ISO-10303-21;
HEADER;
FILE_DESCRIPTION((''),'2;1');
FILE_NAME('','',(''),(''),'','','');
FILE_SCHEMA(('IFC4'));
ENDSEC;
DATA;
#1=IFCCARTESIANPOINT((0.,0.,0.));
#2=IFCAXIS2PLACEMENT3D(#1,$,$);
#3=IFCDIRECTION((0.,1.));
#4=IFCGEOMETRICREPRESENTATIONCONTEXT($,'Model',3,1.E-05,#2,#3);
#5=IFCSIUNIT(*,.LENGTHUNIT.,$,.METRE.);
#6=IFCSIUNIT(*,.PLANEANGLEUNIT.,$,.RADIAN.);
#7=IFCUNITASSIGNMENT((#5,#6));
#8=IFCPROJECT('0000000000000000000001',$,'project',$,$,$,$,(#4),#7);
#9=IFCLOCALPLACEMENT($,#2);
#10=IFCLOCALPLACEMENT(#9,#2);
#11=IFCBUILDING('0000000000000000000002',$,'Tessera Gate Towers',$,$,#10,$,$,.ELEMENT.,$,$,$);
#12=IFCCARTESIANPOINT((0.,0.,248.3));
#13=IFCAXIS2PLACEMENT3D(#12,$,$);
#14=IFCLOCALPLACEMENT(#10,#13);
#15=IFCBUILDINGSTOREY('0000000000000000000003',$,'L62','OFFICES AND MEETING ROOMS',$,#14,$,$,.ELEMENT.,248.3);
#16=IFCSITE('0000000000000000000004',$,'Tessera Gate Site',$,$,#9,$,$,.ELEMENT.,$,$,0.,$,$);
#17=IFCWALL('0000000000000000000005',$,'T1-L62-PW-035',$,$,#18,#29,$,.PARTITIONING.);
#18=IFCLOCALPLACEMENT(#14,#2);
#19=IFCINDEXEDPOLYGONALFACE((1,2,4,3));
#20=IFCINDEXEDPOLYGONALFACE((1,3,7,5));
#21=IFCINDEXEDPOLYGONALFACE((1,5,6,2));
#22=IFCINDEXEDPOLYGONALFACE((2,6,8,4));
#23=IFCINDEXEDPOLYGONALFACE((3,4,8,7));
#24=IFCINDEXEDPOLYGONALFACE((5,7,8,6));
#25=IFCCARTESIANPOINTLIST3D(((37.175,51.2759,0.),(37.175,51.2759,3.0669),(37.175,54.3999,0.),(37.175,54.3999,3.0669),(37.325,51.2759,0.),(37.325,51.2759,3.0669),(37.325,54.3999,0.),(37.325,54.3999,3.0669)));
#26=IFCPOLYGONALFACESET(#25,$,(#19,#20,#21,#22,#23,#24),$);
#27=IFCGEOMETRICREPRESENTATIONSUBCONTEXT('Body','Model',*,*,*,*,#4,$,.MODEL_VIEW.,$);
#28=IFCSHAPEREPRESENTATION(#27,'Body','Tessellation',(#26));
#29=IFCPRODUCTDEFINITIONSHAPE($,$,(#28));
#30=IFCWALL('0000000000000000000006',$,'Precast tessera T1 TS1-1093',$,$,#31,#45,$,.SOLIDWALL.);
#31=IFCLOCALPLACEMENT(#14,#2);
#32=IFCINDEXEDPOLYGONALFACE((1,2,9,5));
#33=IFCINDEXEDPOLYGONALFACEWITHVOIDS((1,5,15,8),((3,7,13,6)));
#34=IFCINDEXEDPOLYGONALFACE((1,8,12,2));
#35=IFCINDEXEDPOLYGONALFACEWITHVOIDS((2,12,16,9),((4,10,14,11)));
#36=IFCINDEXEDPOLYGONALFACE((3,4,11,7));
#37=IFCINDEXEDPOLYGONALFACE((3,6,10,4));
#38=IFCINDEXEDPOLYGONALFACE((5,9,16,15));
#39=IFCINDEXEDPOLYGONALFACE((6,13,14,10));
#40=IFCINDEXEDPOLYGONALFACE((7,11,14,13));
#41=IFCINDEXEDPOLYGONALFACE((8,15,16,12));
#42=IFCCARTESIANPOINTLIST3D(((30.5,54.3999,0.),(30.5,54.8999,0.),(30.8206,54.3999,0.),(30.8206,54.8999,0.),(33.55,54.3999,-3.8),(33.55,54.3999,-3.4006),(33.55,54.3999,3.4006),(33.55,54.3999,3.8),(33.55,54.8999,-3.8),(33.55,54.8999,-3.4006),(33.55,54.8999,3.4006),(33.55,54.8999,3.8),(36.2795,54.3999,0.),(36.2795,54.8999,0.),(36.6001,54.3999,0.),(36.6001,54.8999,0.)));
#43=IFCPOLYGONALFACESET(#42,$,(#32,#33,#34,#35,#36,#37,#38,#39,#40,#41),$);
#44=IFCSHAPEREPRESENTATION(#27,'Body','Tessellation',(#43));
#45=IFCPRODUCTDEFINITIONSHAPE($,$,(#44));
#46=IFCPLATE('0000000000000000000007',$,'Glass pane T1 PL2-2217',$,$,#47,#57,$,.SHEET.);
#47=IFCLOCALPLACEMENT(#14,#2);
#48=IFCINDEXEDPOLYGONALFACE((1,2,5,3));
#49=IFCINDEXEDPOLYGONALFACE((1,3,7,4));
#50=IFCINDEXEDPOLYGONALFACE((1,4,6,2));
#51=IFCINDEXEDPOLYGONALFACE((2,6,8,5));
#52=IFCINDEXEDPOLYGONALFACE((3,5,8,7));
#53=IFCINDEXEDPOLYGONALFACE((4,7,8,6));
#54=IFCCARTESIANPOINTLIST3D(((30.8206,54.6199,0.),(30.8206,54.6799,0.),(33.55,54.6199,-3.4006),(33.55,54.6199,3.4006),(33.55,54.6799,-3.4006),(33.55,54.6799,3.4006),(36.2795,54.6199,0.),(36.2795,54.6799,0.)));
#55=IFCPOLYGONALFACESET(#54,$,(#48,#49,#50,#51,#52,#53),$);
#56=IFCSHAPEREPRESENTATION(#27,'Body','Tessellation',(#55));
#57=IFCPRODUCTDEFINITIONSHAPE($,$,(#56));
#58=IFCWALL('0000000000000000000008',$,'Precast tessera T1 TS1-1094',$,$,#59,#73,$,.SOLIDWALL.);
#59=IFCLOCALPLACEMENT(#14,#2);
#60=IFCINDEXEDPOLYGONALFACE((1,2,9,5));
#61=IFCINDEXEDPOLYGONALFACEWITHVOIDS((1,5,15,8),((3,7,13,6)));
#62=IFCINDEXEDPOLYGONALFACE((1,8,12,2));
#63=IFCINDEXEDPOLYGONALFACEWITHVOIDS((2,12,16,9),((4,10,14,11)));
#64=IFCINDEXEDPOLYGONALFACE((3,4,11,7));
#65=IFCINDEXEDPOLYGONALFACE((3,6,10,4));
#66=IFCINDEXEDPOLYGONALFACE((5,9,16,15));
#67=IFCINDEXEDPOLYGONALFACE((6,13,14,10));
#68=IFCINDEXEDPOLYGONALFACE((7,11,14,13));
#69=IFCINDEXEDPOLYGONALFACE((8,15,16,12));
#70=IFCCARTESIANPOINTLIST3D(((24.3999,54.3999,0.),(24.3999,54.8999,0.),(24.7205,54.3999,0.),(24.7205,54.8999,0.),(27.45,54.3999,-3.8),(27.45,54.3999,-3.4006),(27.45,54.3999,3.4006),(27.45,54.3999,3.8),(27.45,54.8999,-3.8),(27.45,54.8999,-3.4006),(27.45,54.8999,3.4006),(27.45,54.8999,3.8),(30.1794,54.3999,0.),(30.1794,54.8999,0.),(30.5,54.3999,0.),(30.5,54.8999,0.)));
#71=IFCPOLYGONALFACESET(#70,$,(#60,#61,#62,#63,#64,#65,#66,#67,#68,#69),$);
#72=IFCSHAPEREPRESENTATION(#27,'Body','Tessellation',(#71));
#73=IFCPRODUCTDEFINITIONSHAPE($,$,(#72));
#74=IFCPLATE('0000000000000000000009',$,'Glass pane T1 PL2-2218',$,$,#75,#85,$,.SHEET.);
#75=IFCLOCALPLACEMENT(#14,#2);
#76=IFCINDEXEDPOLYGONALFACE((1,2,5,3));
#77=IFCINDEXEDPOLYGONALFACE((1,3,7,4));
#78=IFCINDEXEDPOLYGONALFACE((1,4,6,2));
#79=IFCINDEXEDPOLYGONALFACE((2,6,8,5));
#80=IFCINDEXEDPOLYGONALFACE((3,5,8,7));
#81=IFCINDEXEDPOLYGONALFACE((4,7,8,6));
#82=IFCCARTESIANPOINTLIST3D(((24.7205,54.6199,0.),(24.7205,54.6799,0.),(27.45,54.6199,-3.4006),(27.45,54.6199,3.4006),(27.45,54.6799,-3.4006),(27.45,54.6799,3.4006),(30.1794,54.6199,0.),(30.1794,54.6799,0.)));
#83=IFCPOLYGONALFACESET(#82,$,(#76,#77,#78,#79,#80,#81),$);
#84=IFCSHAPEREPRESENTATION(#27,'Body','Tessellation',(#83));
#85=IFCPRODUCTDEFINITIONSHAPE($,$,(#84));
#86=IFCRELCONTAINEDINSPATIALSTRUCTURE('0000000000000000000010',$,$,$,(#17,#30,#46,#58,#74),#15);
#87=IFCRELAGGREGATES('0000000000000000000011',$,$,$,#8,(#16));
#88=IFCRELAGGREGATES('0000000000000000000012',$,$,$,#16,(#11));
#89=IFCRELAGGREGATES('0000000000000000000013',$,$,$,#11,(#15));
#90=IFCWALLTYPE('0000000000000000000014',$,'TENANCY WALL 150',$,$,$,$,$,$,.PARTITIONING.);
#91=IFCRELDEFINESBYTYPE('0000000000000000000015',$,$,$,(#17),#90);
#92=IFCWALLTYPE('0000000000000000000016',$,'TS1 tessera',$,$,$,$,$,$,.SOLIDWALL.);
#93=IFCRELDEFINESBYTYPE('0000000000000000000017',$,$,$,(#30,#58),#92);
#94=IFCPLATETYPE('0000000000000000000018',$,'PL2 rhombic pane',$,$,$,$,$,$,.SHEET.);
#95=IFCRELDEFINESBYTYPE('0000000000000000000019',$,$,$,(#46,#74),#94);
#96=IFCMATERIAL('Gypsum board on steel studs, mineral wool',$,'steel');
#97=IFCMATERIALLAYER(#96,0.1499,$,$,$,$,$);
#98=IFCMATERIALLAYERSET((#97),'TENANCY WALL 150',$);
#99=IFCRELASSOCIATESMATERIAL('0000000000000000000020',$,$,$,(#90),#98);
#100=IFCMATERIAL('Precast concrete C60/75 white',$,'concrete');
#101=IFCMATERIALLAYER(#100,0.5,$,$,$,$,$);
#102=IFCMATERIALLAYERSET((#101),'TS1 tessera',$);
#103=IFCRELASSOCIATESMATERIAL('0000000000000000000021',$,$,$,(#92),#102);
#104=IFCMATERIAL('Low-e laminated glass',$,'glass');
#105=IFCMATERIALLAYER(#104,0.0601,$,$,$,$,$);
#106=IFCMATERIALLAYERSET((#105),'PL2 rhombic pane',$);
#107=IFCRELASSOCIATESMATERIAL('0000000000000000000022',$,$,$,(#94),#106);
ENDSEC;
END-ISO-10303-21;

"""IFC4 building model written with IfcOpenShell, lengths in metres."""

from ifc_helpers import new_model, si_unit, direction, frame, frame_2d, origin, place, context, subcontext, project, spatial, polyline, rectangle, outline, extrude, source, transform, mapped, material, layer, layer_set, type_object, element, fill, save


model = new_model("IFC4")

# Units and contexts
model_context = context("Model", 3, precision=1e-05, world=origin(), true_north=direction((0.0, 1.0)))
body_context = subcontext(model_context, "Body", "Model", "MODEL_VIEW")
ifc_project = project(units=[si_unit("LENGTHUNIT", "METRE"), si_unit("PLANEANGLEUNIT", "RADIAN")], contexts=[model_context])

# Site, building, storey
site_placement = place(None, origin())
site = spatial("IfcSite", under=ifc_project, at=site_placement, Name="Tessera Gate Site", CompositionType="ELEMENT", RefElevation=0.0)
building_placement = place(site_placement, origin())
building = spatial("IfcBuilding", under=site, at=building_placement, Name="Tessera Gate Towers", CompositionType="ELEMENT")
storey_placement = place(building_placement, frame((0.0, 0.0, 248.3)))
storey = spatial("IfcBuildingStorey", under=building, at=storey_placement, Name="L62", Description="OFFICES AND MEETING ROOMS", CompositionType="ELEMENT", Elevation=248.3)

# Wall
ifc_material_1 = material(Name="Gypsum board on steel studs, mineral wool", Category="steel")
ifc_layer_1 = layer(ifc_material_1, 0.1499)
ifc_layer_set_1 = layer_set([ifc_layer_1], Name="TENANCY WALL 150")
wall_type_1 = type_object("IfcWallType", Name="TENANCY WALL 150", PredefinedType="PARTITIONING", material=ifc_layer_set_1)
wall_1_placement = place(storey_placement, frame((37.25, 51.2759, 0.0), z_axis=(0.0, 0.0, 1.0), x_axis=(0.0, 1.0, 0.0)))
element("IfcWall", 1, at=wall_1_placement, inside=storey, type_object=wall_type_1, Name="T1-L62-PW-035", PredefinedType="PARTITIONING", context=body_context, shape_type="SweptSolid", body=[
    extrude(rectangle(XDim=3.124, YDim=0.1499, at=frame_2d((1.562, 0.0))), origin(), (0.0, 0.0, 1.0), 3.0669),
])

# Walls, openings, plates
ifc_material_2 = material(Name="Precast concrete C60/75 white", Category="concrete")
ifc_layer_2 = layer(ifc_material_2, 0.5)
ifc_layer_set_2 = layer_set([ifc_layer_2], Name="TS1 tessera")
wall_type_2 = type_object("IfcWallType", Name="TS1 tessera", PredefinedType="SOLIDWALL", material=ifc_layer_set_2)
shared_shape_1 = source(origin(), body_context, "Body", "SweptSolid", [
    extrude(outline(polyline([(3.05, 0.0), (6.1001, 3.8), (3.05, 7.6001), (0.0, 3.8), (3.05, 0.0)])), frame((0.0, 0.25, 0.0), z_axis=(0.0, -1.0, 0.0), x_axis=(1.0, 0.0, 0.0)), (0.0, 0.0, 1.0), 0.5),
])
wall_2_placement = place(storey_placement, frame((36.6001, 54.6499, -3.8), z_axis=(0.0, 0.0, 1.0), x_axis=(-1.0, 0.0, 0.0)))
wall_2 = element("IfcWall", 2, at=wall_2_placement, inside=storey, type_object=wall_type_2, Name="Precast tessera T1 TS1-1093", PredefinedType="SOLIDWALL", context=body_context, shape_type="MappedRepresentation", body=[
    mapped(shared_shape_1, transform((0.0, 0.0, 0.0), scale=1.0)),
])
shared_shape_2 = source(origin(), body_context, "Body", "SweptSolid", [
    extrude(outline(polyline([(3.05, 0.3994), (5.7795, 3.8), (3.05, 7.2007), (0.3206, 3.8), (3.05, 0.3994)])), frame((0.0, 0.26, 0.0), z_axis=(0.0, -1.0, 0.0), x_axis=(1.0, 0.0, 0.0)), (0.0, 0.0, 1.0), 0.52),
])
opening_1_placement = place(wall_2_placement, origin())
opening_1 = element("IfcOpeningElement", 3, at=opening_1_placement, cuts=wall_2, PredefinedType="OPENING", context=body_context, shape_type="MappedRepresentation", body=[
    mapped(shared_shape_2, transform((0.0, 0.0, 0.0), scale=1.0)),
])
ifc_material_3 = material(Name="Low-e laminated glass", Category="glass")
ifc_layer_3 = layer(ifc_material_3, 0.0601)
ifc_layer_set_3 = layer_set([ifc_layer_3], Name="PL2 rhombic pane")
plate_type = type_object("IfcPlateType", Name="PL2 rhombic pane", PredefinedType="SHEET", material=ifc_layer_set_3)
shared_shape_3 = source(origin(), body_context, "Body", "SweptSolid", [
    extrude(outline(polyline([(3.05, 0.3994), (5.7795, 3.8), (3.05, 7.2007), (0.3206, 3.8), (3.05, 0.3994)])), frame((0.0, 0.03, 0.0), z_axis=(0.0, -1.0, 0.0), x_axis=(1.0, 0.0, 0.0)), (0.0, 0.0, 1.0), 0.0601),
])
plate_1_placement = place(opening_1_placement, origin())
plate_1 = element("IfcPlate", 4, at=plate_1_placement, inside=storey, type_object=plate_type, Name="Glass pane T1 PL2-2217", PredefinedType="SHEET", context=body_context, shape_type="MappedRepresentation", body=[
    mapped(shared_shape_3, transform((0.0, 0.0, 0.0), scale=1.0)),
])
fill(opening_1, plate_1)
wall_3_placement = place(storey_placement, frame((30.5, 54.6499, -3.8), z_axis=(0.0, 0.0, 1.0), x_axis=(-1.0, 0.0, 0.0)))
wall_3 = element("IfcWall", 5, at=wall_3_placement, inside=storey, type_object=wall_type_2, Name="Precast tessera T1 TS1-1094", PredefinedType="SOLIDWALL", context=body_context, shape_type="MappedRepresentation", body=[
    mapped(shared_shape_1, transform((0.0, 0.0, 0.0), scale=1.0)),
])
opening_2_placement = place(wall_3_placement, origin())
opening_2 = element("IfcOpeningElement", 6, at=opening_2_placement, cuts=wall_3, PredefinedType="OPENING", context=body_context, shape_type="MappedRepresentation", body=[
    mapped(shared_shape_2, transform((0.0, 0.0, 0.0), scale=1.0)),
])
plate_2_placement = place(opening_2_placement, origin())
plate_2 = element("IfcPlate", 7, at=plate_2_placement, inside=storey, type_object=plate_type, Name="Glass pane T1 PL2-2218", PredefinedType="SHEET", context=body_context, shape_type="MappedRepresentation", body=[
    mapped(shared_shape_3, transform((0.0, 0.0, 0.0), scale=1.0)),
])
fill(opening_2, plate_2)

save(model, "model.ifc")
